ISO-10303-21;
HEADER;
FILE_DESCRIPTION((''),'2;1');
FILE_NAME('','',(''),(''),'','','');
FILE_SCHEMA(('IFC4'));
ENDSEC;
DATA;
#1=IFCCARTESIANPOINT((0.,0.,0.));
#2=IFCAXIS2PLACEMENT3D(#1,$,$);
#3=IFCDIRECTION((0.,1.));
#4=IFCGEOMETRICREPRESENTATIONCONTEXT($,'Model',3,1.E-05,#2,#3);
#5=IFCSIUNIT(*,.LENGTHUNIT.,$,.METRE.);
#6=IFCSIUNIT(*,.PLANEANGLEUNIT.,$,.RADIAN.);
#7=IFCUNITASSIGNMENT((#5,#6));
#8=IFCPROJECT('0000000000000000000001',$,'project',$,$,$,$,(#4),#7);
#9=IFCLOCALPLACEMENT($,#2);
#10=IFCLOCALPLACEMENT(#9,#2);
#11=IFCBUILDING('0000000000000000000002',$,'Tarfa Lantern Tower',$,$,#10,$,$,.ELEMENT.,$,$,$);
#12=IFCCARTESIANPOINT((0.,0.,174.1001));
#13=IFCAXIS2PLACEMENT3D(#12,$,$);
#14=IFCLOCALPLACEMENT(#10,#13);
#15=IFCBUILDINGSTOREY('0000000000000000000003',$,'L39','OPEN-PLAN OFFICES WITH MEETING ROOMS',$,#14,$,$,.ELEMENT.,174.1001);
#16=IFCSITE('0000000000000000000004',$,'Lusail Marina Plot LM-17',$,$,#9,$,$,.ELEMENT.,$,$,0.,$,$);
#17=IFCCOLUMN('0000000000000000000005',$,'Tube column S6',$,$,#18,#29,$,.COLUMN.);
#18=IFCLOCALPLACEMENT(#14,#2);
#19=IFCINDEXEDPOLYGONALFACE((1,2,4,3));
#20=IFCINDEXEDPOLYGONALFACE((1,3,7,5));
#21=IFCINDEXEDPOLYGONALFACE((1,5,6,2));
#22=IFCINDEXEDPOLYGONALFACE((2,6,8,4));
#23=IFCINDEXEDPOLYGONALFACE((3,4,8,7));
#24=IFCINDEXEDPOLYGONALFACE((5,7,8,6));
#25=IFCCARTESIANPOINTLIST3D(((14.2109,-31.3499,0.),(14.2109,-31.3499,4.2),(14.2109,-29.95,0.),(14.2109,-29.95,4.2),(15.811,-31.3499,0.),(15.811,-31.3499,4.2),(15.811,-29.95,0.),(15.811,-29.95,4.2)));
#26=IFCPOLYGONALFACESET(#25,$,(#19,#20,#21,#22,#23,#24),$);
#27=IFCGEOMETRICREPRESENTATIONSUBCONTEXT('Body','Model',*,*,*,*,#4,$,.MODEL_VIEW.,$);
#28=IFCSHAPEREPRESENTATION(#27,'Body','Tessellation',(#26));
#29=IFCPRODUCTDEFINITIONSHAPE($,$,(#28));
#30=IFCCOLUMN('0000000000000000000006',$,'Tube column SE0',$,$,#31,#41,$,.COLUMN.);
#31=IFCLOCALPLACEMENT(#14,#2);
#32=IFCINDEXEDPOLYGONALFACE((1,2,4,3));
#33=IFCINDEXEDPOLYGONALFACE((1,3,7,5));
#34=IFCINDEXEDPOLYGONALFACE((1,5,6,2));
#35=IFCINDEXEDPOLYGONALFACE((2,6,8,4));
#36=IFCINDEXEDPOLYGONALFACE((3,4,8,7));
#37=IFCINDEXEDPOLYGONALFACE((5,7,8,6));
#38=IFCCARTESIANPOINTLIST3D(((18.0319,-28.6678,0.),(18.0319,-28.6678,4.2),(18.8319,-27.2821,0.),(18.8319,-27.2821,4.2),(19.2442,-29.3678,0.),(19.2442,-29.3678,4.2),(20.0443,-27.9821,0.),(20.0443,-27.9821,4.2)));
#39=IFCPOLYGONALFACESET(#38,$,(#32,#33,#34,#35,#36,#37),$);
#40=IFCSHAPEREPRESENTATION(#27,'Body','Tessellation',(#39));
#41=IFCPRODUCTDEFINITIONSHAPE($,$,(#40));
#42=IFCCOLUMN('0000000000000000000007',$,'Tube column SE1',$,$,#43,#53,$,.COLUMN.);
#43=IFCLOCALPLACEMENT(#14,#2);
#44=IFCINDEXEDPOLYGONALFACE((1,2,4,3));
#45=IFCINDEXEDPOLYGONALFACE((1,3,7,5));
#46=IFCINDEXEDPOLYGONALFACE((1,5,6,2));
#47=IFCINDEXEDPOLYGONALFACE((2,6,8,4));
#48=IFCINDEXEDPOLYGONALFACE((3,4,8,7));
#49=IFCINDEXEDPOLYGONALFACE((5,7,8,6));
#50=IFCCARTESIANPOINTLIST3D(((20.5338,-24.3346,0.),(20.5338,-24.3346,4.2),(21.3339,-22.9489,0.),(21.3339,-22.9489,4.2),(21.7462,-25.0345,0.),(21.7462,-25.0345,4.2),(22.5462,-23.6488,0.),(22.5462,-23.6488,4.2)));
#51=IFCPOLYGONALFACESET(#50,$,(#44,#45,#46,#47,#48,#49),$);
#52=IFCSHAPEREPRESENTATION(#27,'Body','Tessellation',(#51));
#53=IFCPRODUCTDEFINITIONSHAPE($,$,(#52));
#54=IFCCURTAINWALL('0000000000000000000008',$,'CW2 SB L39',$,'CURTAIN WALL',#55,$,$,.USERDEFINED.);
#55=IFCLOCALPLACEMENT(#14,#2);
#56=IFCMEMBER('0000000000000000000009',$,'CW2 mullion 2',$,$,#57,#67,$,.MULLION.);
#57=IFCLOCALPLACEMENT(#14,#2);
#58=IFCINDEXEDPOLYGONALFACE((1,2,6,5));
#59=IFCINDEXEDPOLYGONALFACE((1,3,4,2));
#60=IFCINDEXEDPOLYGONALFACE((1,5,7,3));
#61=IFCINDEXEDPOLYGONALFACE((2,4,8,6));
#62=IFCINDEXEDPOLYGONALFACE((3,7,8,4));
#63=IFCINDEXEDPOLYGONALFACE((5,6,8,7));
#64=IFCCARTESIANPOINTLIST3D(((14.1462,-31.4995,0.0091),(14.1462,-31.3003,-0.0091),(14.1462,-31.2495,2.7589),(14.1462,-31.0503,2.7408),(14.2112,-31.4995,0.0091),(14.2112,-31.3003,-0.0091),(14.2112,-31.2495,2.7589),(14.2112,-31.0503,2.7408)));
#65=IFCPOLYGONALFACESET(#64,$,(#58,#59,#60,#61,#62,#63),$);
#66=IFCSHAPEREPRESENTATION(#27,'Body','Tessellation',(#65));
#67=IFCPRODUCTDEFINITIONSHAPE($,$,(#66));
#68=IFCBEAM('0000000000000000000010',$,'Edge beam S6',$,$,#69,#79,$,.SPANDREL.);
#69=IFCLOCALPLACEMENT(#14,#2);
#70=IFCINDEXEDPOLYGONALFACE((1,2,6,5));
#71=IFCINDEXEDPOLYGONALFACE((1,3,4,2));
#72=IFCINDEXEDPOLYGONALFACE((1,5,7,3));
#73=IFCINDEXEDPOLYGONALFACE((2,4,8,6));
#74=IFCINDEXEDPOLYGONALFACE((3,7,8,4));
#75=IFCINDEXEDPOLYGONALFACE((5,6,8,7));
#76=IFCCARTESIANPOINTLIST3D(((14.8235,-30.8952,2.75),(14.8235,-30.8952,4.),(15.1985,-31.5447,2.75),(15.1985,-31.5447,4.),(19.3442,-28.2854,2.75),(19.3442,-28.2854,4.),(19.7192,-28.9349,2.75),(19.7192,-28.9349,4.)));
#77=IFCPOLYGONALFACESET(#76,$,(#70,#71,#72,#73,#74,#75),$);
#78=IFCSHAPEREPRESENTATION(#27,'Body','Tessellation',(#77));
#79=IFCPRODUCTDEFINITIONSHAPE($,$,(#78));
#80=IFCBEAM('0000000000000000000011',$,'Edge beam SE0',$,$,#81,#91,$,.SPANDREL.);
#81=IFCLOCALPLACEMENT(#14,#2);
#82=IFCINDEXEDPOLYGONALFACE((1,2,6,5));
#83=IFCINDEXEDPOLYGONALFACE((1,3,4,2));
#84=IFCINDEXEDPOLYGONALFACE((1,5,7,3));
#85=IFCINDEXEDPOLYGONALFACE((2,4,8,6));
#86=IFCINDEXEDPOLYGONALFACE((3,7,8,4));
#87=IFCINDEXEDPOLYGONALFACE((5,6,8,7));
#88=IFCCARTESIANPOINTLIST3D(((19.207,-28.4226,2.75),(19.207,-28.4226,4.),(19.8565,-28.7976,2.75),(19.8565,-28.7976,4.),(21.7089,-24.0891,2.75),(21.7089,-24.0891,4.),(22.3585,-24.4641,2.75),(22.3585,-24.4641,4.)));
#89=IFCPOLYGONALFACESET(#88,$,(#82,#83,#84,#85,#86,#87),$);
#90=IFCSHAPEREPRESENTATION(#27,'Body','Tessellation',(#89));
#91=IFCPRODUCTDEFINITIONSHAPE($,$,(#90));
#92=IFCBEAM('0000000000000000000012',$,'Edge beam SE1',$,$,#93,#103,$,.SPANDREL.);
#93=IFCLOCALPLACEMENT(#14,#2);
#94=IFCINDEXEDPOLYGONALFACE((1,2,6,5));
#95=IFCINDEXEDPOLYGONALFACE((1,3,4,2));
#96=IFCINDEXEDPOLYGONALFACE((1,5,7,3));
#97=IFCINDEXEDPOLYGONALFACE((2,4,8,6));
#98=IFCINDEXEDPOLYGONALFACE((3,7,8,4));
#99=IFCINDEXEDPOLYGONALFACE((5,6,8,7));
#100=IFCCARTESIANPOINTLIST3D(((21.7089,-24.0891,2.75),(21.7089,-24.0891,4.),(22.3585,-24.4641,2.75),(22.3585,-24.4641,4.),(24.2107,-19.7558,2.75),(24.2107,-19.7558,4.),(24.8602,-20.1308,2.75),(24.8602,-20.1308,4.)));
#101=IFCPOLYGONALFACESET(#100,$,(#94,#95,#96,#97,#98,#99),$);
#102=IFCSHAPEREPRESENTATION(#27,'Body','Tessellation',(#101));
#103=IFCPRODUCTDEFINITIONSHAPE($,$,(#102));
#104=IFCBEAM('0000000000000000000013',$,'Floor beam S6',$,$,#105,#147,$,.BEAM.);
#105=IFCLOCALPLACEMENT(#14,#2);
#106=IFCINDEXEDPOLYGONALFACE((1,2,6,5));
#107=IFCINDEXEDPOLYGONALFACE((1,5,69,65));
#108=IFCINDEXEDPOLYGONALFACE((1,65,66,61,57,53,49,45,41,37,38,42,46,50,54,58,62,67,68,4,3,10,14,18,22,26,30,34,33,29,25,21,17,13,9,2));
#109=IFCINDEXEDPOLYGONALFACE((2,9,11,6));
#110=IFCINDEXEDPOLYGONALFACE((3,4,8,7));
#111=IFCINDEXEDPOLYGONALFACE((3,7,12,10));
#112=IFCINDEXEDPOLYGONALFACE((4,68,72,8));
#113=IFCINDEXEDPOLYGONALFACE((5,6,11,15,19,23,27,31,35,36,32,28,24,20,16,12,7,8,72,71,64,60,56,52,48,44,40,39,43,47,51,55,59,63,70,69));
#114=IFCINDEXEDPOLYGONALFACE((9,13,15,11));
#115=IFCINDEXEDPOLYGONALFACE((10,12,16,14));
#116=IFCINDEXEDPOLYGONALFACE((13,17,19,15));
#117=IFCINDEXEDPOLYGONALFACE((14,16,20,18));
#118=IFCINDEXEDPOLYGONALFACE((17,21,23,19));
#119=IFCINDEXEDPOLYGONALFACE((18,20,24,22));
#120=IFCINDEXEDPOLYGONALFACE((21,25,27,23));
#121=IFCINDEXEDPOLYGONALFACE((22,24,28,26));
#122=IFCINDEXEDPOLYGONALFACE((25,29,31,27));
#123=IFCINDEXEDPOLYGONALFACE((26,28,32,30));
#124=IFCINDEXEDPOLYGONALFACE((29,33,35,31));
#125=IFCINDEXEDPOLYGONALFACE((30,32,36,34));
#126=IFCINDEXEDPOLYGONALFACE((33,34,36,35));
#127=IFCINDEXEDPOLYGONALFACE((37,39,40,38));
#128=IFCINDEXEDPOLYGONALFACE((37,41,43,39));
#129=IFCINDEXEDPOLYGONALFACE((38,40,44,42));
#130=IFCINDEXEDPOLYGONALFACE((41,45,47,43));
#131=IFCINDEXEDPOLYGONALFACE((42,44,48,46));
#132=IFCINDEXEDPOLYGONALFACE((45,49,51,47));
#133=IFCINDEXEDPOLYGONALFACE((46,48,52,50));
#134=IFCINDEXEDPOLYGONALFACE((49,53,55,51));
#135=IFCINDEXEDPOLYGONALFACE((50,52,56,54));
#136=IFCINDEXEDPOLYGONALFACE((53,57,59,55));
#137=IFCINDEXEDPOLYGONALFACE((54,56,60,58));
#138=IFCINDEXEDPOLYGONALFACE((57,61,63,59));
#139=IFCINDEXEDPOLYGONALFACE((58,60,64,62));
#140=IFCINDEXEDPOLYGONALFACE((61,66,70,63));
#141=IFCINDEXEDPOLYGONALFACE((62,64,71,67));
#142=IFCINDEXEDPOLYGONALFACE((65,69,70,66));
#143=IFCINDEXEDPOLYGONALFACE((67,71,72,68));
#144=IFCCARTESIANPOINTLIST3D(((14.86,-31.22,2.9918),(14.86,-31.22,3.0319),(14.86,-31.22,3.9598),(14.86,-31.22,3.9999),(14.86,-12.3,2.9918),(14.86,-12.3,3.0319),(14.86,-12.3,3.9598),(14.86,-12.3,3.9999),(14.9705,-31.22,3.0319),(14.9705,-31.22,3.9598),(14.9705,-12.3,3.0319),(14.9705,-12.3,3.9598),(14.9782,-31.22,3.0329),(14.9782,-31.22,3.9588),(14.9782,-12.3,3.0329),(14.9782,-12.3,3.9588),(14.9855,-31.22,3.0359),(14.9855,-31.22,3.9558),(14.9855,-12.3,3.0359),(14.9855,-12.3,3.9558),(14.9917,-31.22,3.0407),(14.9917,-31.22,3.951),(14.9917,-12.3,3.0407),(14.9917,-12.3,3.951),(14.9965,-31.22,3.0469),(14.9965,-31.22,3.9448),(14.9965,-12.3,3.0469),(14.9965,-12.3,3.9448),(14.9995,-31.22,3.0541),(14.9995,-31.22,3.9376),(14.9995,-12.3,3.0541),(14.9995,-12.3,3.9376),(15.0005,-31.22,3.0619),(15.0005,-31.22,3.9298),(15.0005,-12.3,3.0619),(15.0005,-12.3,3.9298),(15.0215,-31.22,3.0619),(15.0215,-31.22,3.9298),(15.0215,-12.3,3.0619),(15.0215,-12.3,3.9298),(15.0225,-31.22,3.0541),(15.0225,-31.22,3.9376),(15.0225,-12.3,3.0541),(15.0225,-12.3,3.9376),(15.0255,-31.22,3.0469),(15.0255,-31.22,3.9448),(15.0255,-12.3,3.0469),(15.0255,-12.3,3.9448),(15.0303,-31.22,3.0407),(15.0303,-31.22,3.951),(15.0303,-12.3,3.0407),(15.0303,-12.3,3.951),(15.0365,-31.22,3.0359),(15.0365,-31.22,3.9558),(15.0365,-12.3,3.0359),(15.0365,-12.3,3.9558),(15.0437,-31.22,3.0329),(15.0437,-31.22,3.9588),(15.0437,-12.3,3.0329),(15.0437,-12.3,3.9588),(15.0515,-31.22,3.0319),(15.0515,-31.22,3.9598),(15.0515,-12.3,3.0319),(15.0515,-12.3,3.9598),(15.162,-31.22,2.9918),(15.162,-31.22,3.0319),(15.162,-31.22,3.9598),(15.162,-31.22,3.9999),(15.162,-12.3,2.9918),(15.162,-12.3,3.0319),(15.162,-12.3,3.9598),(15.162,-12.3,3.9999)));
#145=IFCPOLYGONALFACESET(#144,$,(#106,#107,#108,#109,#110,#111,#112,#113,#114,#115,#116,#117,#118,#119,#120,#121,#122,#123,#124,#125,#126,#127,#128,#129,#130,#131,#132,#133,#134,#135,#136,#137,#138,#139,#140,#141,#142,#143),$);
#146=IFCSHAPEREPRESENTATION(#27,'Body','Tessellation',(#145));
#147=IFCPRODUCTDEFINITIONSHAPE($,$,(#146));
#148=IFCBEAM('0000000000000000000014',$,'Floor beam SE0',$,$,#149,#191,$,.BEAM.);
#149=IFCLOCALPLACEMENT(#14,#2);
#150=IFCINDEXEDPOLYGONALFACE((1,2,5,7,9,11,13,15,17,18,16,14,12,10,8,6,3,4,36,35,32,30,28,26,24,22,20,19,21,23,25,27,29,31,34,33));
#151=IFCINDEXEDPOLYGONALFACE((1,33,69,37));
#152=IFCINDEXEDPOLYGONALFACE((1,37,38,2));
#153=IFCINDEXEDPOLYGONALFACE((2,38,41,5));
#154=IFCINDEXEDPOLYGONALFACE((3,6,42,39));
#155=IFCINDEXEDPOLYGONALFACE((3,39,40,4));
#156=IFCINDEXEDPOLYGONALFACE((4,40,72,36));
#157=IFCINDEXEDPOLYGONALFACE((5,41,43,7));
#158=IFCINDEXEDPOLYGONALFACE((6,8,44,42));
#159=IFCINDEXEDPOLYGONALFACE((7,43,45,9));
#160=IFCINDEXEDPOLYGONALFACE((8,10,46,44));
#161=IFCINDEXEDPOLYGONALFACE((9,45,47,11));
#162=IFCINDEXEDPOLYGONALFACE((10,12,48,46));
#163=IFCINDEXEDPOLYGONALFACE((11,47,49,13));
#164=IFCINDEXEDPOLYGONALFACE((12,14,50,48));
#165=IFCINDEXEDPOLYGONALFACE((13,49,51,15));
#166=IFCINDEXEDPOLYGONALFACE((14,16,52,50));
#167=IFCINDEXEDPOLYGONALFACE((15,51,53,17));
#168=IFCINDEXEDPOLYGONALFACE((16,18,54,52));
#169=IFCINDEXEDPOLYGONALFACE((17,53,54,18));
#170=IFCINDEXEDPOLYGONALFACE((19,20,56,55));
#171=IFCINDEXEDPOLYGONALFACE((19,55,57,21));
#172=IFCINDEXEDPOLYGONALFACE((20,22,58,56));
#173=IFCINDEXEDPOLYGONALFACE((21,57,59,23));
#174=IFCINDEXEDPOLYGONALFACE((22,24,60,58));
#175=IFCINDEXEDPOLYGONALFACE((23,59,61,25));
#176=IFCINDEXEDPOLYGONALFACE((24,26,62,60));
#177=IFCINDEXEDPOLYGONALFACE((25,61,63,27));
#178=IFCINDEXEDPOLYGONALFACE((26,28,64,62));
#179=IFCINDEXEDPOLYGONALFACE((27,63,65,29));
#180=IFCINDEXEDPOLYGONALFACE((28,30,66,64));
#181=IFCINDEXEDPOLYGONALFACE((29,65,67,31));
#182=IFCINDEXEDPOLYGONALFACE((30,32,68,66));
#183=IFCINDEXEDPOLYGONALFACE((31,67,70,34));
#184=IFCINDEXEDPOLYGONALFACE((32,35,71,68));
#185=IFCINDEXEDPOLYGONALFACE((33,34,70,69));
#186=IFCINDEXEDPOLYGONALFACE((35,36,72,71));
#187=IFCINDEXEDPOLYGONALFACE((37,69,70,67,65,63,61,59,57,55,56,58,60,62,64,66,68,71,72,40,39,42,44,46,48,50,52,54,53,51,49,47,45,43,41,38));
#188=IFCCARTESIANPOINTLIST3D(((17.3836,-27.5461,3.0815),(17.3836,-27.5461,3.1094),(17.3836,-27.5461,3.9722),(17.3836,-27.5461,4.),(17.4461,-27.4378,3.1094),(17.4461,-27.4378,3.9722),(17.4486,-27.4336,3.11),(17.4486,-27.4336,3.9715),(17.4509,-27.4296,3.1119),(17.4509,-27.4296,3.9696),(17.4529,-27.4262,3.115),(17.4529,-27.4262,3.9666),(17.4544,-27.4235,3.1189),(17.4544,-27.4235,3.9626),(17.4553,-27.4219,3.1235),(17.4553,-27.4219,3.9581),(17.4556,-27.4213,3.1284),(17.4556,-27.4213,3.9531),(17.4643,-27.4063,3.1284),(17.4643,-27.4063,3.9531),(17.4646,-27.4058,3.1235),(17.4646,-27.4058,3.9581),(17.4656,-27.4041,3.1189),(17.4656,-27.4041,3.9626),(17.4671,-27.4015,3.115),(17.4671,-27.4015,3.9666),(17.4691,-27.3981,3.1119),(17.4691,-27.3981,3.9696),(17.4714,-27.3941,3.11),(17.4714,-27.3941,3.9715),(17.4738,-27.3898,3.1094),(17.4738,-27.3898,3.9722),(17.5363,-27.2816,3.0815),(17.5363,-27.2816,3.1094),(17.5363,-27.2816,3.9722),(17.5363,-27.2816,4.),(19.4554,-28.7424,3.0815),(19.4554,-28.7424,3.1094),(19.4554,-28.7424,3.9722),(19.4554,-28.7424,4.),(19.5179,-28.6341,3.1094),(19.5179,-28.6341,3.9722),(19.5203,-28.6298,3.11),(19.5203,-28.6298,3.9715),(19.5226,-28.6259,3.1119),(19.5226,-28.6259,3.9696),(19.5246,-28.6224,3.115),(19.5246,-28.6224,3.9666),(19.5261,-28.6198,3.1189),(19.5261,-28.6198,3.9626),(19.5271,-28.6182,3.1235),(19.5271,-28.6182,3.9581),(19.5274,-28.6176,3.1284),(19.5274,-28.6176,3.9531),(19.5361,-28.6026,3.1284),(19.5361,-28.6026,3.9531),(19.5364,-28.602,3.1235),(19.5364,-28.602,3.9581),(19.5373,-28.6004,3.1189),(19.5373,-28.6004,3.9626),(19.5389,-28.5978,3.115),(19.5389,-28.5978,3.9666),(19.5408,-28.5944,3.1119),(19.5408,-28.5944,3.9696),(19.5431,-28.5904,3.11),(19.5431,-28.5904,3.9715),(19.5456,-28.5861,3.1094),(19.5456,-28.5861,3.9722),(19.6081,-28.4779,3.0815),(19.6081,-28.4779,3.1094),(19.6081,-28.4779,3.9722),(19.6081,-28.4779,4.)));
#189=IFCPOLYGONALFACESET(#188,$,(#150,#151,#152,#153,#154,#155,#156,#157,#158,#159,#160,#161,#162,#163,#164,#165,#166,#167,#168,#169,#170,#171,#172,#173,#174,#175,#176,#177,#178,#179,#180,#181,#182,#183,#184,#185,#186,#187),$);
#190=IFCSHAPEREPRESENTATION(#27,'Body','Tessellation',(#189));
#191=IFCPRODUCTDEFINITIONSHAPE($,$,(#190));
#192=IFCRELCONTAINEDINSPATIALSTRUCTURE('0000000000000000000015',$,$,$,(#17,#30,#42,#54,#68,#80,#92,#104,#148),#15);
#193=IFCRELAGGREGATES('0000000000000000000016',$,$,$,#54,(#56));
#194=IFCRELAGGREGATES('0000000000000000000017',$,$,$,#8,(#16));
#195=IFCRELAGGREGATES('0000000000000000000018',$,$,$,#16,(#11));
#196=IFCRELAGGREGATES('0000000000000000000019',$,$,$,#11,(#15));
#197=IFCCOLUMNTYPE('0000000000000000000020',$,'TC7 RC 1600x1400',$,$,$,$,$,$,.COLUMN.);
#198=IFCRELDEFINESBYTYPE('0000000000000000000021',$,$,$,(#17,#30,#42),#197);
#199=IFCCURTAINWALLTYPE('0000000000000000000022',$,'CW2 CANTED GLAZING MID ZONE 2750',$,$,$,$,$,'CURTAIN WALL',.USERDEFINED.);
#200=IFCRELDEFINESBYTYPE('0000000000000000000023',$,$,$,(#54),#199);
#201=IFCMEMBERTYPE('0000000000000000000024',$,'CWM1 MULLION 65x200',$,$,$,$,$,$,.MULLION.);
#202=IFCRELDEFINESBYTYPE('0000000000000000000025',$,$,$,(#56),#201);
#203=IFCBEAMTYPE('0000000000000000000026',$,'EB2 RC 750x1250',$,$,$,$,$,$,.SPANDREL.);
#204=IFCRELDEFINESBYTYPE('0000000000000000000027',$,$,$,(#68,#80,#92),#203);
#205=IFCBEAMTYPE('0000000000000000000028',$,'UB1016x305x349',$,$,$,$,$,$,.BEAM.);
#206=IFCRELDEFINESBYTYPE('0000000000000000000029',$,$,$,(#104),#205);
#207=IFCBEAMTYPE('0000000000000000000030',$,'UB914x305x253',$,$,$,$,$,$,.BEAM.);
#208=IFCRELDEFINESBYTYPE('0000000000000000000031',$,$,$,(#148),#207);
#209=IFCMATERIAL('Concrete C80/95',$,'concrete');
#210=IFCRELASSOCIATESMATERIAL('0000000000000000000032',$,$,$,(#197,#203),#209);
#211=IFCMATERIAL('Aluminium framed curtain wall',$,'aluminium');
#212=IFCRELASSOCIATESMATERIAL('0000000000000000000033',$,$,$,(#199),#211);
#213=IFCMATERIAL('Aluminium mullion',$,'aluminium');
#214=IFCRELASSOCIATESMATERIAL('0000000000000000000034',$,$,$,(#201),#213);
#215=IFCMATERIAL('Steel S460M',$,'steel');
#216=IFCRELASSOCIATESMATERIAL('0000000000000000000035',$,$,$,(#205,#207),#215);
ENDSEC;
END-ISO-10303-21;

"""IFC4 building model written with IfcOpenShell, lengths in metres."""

from ifc_helpers import new_model, si_unit, direction, frame, origin, origin_2d, place, context, subcontext, project, spatial, rectangle, i_section, extrude, material, material_profile, profile_set, type_object, element, aggregate, save


model = new_model("IFC4")

# Units and contexts
model_context = context("Model", 3, precision=1e-05, world=origin(), true_north=direction((0.0, 1.0)))
body_context = subcontext(model_context, "Body", "Model", "MODEL_VIEW")
ifc_project = project(units=[si_unit("LENGTHUNIT", "METRE"), si_unit("PLANEANGLEUNIT", "RADIAN")], contexts=[model_context])

# Site, building, storey
site_placement = place(None, origin())
site = spatial("IfcSite", under=ifc_project, at=site_placement, Name="Lusail Marina Plot LM-17", CompositionType="ELEMENT", RefElevation=0.0)
building_placement = place(site_placement, origin())
building = spatial("IfcBuilding", under=site, at=building_placement, Name="Tarfa Lantern Tower", CompositionType="ELEMENT")
storey_placement = place(building_placement, frame((0.0, 0.0, 174.1001)))
storey = spatial("IfcBuildingStorey", under=building, at=storey_placement, Name="L39", Description="OPEN-PLAN OFFICES WITH MEETING ROOMS", CompositionType="ELEMENT", Elevation=174.1001)

# Columns
ifc_material_1 = material(Name="Concrete C80/95", Category="concrete")
ifc_material_profile_1 = material_profile(ifc_material_1, rectangle(XDim=1.6001, YDim=1.3999, at=origin_2d()), Name="RC 1600x1400")
ifc_profile_set_1 = profile_set([ifc_material_profile_1], Name="Concrete C80/95")
column_type = type_object("IfcColumnType", Name="TC7 RC 1600x1400", PredefinedType="COLUMN", material=ifc_profile_set_1)
for number, where, z_axis, x_axis, name in (
    (1, (15.011, -30.6499, 0.0), (0.0, 0.0, 1.0), (1.0, 0.0, 0.0), "Tube column S6"),
    (2, (19.0381, -28.325, 0.0), (0.0, 0.0, 1.0), (0.5, 0.866025, 0.0), "Tube column SE0"),
    (3, (21.54, -23.9917, 0.0), (0.0, 0.0, 1.0), (0.5, 0.866025, 0.0), "Tube column SE1"),
):
    element("IfcColumn", number, at=place(storey_placement, frame(where, z_axis=z_axis, x_axis=x_axis)), inside=storey, type_object=column_type, Name=name, PredefinedType="COLUMN", context=body_context, shape_type="SweptSolid", body=[
        extrude(rectangle(XDim=1.6001, YDim=1.3999, at=origin_2d()), origin(), (0.0, 0.0, 1.0), 4.2),
    ])

# Curtain wall, member
ifc_material_2 = material(Name="Aluminium framed curtain wall", Category="aluminium")
curtain_wall_type = type_object("IfcCurtainWallType", Name="CW2 CANTED GLAZING MID ZONE 2750", ElementType="CURTAIN WALL", PredefinedType="USERDEFINED", material=ifc_material_2)
curtain_wall_placement = place(storey_placement, origin())
curtain_wall = element("IfcCurtainWall", 4, at=curtain_wall_placement, inside=storey, type_object=curtain_wall_type, Name="CW2 SB L39", ObjectType="CURTAIN WALL", PredefinedType="USERDEFINED")
ifc_material_3 = material(Name="Aluminium mullion", Category="aluminium")
ifc_material_profile_2 = material_profile(ifc_material_3, rectangle(XDim=0.0649, YDim=0.2, at=origin_2d()), Name="AL MULLION 65x200")
ifc_profile_set_2 = profile_set([ifc_material_profile_2], Name="Aluminium mullion")
member_type = type_object("IfcMemberType", Name="CWM1 MULLION 65x200", PredefinedType="MULLION", material=ifc_profile_set_2)
member_placement = place(storey_placement, frame((14.1787, -31.3999, 0.0), z_axis=(0.0, 0.090536, 0.995893), x_axis=(-1.0, 0.0, 0.0)))
member = element("IfcMember", 5, at=member_placement, type_object=member_type, Name="CW2 mullion 2", PredefinedType="MULLION", context=body_context, shape_type="SweptSolid", body=[
    extrude(rectangle(XDim=0.0649, YDim=0.2, at=origin_2d()), origin(), (0.0, 0.0, 1.0), 2.7612),
])
aggregate(curtain_wall, [member])

# Beams
ifc_material_profile_3 = material_profile(ifc_material_1, rectangle(XDim=0.75, YDim=1.25, at=origin_2d()), Name="RC 750x1250")
ifc_profile_set_3 = profile_set([ifc_material_profile_3], Name="Concrete C80/95")
beam_type_1 = type_object("IfcBeamType", Name="EB2 RC 750x1250", PredefinedType="SPANDREL", material=ifc_profile_set_3)
beam_1_placement = place(storey_placement, frame((15.011, -31.22, 3.375), z_axis=(0.866042, 0.499972, 0.0), x_axis=(-0.499972, 0.866042, 0.0)))
element("IfcBeam", 6, at=beam_1_placement, inside=storey, type_object=beam_type_1, Name="Edge beam S6", PredefinedType="SPANDREL", context=body_context, shape_type="SweptSolid", body=[
    extrude(rectangle(XDim=0.75, YDim=1.25, at=origin_2d()), origin(), (0.0, 0.0, 1.0), 5.22),
])
beam_2_placement = place(storey_placement, frame((19.5317, -28.6101, 3.375), z_axis=(0.500001, 0.866025, 0.0), x_axis=(-0.866025, 0.500001, 0.0)))
element("IfcBeam", 7, at=beam_2_placement, inside=storey, type_object=beam_type_1, Name="Edge beam SE0", PredefinedType="SPANDREL", context=body_context, shape_type="SweptSolid", body=[
    extrude(rectangle(XDim=0.75, YDim=1.25, at=origin_2d()), origin(), (0.0, 0.0, 1.0), 5.0039),
])
beam_3_placement = place(storey_placement, frame((22.0337, -24.2766, 3.375), z_axis=(0.499986, 0.866034, 0.0), x_axis=(-0.866034, 0.499986, 0.0)))
element("IfcBeam", 8, at=beam_3_placement, inside=storey, type_object=beam_type_1, Name="Edge beam SE1", PredefinedType="SPANDREL", context=body_context, shape_type="SweptSolid", body=[
    extrude(rectangle(XDim=0.75, YDim=1.25, at=origin_2d()), origin(), (0.0, 0.0, 1.0), 5.0037),
])
ifc_material_4 = material(Name="Steel S460M", Category="steel")
ifc_material_profile_4 = material_profile(ifc_material_4, i_section(OverallWidth=0.302, OverallDepth=1.0081, WebThickness=0.021, FlangeThickness=0.04, FilletRadius=0.03, at=origin_2d()), Name="UB1016x305x349")
ifc_profile_set_4 = profile_set([ifc_material_profile_4], Name="Steel S460M")
beam_type_2 = type_object("IfcBeamType", Name="UB1016x305x349", PredefinedType="BEAM", material=ifc_profile_set_4)
beam_4_placement = place(storey_placement, frame((15.011, -31.22, 3.4958), z_axis=(0.0, 1.0, 0.0), x_axis=(-1.0, 0.0, 0.0)))
element("IfcBeam", 9, at=beam_4_placement, inside=storey, type_object=beam_type_2, Name="Floor beam S6", PredefinedType="BEAM", context=body_context, shape_type="SweptSolid", body=[
    extrude(i_section(OverallWidth=0.302, OverallDepth=1.0081, WebThickness=0.021, FlangeThickness=0.04, FilletRadius=0.03, at=origin_2d()), origin(), (0.0, 0.0, 1.0), 18.9199),
])
ifc_material_profile_5 = material_profile(ifc_material_4, i_section(OverallWidth=0.3054, OverallDepth=0.9185, WebThickness=0.0173, FlangeThickness=0.0278, FilletRadius=0.019, at=origin_2d()), Name="UB914x305x253")
ifc_profile_set_5 = profile_set([ifc_material_profile_5], Name="Steel S460M")
beam_type_3 = type_object("IfcBeamType", Name="UB914x305x253", PredefinedType="BEAM", material=ifc_profile_set_5)
beam_5_placement = place(storey_placement, frame((19.5317, -28.6101, 3.5408), z_axis=(-0.865999, 0.500046, 0.0), x_axis=(-0.500046, -0.865999, 0.0)))
element("IfcBeam", 10, at=beam_5_placement, inside=storey, type_object=beam_type_3, Name="Floor beam SE0", PredefinedType="BEAM", context=body_context, shape_type="SweptSolid", body=[
    extrude(i_section(OverallWidth=0.3054, OverallDepth=0.9185, WebThickness=0.0173, FlangeThickness=0.0278, FilletRadius=0.019, at=origin_2d()), origin(), (0.0, 0.0, 1.0), 2.3923),
])

save(model, "model.ifc")
